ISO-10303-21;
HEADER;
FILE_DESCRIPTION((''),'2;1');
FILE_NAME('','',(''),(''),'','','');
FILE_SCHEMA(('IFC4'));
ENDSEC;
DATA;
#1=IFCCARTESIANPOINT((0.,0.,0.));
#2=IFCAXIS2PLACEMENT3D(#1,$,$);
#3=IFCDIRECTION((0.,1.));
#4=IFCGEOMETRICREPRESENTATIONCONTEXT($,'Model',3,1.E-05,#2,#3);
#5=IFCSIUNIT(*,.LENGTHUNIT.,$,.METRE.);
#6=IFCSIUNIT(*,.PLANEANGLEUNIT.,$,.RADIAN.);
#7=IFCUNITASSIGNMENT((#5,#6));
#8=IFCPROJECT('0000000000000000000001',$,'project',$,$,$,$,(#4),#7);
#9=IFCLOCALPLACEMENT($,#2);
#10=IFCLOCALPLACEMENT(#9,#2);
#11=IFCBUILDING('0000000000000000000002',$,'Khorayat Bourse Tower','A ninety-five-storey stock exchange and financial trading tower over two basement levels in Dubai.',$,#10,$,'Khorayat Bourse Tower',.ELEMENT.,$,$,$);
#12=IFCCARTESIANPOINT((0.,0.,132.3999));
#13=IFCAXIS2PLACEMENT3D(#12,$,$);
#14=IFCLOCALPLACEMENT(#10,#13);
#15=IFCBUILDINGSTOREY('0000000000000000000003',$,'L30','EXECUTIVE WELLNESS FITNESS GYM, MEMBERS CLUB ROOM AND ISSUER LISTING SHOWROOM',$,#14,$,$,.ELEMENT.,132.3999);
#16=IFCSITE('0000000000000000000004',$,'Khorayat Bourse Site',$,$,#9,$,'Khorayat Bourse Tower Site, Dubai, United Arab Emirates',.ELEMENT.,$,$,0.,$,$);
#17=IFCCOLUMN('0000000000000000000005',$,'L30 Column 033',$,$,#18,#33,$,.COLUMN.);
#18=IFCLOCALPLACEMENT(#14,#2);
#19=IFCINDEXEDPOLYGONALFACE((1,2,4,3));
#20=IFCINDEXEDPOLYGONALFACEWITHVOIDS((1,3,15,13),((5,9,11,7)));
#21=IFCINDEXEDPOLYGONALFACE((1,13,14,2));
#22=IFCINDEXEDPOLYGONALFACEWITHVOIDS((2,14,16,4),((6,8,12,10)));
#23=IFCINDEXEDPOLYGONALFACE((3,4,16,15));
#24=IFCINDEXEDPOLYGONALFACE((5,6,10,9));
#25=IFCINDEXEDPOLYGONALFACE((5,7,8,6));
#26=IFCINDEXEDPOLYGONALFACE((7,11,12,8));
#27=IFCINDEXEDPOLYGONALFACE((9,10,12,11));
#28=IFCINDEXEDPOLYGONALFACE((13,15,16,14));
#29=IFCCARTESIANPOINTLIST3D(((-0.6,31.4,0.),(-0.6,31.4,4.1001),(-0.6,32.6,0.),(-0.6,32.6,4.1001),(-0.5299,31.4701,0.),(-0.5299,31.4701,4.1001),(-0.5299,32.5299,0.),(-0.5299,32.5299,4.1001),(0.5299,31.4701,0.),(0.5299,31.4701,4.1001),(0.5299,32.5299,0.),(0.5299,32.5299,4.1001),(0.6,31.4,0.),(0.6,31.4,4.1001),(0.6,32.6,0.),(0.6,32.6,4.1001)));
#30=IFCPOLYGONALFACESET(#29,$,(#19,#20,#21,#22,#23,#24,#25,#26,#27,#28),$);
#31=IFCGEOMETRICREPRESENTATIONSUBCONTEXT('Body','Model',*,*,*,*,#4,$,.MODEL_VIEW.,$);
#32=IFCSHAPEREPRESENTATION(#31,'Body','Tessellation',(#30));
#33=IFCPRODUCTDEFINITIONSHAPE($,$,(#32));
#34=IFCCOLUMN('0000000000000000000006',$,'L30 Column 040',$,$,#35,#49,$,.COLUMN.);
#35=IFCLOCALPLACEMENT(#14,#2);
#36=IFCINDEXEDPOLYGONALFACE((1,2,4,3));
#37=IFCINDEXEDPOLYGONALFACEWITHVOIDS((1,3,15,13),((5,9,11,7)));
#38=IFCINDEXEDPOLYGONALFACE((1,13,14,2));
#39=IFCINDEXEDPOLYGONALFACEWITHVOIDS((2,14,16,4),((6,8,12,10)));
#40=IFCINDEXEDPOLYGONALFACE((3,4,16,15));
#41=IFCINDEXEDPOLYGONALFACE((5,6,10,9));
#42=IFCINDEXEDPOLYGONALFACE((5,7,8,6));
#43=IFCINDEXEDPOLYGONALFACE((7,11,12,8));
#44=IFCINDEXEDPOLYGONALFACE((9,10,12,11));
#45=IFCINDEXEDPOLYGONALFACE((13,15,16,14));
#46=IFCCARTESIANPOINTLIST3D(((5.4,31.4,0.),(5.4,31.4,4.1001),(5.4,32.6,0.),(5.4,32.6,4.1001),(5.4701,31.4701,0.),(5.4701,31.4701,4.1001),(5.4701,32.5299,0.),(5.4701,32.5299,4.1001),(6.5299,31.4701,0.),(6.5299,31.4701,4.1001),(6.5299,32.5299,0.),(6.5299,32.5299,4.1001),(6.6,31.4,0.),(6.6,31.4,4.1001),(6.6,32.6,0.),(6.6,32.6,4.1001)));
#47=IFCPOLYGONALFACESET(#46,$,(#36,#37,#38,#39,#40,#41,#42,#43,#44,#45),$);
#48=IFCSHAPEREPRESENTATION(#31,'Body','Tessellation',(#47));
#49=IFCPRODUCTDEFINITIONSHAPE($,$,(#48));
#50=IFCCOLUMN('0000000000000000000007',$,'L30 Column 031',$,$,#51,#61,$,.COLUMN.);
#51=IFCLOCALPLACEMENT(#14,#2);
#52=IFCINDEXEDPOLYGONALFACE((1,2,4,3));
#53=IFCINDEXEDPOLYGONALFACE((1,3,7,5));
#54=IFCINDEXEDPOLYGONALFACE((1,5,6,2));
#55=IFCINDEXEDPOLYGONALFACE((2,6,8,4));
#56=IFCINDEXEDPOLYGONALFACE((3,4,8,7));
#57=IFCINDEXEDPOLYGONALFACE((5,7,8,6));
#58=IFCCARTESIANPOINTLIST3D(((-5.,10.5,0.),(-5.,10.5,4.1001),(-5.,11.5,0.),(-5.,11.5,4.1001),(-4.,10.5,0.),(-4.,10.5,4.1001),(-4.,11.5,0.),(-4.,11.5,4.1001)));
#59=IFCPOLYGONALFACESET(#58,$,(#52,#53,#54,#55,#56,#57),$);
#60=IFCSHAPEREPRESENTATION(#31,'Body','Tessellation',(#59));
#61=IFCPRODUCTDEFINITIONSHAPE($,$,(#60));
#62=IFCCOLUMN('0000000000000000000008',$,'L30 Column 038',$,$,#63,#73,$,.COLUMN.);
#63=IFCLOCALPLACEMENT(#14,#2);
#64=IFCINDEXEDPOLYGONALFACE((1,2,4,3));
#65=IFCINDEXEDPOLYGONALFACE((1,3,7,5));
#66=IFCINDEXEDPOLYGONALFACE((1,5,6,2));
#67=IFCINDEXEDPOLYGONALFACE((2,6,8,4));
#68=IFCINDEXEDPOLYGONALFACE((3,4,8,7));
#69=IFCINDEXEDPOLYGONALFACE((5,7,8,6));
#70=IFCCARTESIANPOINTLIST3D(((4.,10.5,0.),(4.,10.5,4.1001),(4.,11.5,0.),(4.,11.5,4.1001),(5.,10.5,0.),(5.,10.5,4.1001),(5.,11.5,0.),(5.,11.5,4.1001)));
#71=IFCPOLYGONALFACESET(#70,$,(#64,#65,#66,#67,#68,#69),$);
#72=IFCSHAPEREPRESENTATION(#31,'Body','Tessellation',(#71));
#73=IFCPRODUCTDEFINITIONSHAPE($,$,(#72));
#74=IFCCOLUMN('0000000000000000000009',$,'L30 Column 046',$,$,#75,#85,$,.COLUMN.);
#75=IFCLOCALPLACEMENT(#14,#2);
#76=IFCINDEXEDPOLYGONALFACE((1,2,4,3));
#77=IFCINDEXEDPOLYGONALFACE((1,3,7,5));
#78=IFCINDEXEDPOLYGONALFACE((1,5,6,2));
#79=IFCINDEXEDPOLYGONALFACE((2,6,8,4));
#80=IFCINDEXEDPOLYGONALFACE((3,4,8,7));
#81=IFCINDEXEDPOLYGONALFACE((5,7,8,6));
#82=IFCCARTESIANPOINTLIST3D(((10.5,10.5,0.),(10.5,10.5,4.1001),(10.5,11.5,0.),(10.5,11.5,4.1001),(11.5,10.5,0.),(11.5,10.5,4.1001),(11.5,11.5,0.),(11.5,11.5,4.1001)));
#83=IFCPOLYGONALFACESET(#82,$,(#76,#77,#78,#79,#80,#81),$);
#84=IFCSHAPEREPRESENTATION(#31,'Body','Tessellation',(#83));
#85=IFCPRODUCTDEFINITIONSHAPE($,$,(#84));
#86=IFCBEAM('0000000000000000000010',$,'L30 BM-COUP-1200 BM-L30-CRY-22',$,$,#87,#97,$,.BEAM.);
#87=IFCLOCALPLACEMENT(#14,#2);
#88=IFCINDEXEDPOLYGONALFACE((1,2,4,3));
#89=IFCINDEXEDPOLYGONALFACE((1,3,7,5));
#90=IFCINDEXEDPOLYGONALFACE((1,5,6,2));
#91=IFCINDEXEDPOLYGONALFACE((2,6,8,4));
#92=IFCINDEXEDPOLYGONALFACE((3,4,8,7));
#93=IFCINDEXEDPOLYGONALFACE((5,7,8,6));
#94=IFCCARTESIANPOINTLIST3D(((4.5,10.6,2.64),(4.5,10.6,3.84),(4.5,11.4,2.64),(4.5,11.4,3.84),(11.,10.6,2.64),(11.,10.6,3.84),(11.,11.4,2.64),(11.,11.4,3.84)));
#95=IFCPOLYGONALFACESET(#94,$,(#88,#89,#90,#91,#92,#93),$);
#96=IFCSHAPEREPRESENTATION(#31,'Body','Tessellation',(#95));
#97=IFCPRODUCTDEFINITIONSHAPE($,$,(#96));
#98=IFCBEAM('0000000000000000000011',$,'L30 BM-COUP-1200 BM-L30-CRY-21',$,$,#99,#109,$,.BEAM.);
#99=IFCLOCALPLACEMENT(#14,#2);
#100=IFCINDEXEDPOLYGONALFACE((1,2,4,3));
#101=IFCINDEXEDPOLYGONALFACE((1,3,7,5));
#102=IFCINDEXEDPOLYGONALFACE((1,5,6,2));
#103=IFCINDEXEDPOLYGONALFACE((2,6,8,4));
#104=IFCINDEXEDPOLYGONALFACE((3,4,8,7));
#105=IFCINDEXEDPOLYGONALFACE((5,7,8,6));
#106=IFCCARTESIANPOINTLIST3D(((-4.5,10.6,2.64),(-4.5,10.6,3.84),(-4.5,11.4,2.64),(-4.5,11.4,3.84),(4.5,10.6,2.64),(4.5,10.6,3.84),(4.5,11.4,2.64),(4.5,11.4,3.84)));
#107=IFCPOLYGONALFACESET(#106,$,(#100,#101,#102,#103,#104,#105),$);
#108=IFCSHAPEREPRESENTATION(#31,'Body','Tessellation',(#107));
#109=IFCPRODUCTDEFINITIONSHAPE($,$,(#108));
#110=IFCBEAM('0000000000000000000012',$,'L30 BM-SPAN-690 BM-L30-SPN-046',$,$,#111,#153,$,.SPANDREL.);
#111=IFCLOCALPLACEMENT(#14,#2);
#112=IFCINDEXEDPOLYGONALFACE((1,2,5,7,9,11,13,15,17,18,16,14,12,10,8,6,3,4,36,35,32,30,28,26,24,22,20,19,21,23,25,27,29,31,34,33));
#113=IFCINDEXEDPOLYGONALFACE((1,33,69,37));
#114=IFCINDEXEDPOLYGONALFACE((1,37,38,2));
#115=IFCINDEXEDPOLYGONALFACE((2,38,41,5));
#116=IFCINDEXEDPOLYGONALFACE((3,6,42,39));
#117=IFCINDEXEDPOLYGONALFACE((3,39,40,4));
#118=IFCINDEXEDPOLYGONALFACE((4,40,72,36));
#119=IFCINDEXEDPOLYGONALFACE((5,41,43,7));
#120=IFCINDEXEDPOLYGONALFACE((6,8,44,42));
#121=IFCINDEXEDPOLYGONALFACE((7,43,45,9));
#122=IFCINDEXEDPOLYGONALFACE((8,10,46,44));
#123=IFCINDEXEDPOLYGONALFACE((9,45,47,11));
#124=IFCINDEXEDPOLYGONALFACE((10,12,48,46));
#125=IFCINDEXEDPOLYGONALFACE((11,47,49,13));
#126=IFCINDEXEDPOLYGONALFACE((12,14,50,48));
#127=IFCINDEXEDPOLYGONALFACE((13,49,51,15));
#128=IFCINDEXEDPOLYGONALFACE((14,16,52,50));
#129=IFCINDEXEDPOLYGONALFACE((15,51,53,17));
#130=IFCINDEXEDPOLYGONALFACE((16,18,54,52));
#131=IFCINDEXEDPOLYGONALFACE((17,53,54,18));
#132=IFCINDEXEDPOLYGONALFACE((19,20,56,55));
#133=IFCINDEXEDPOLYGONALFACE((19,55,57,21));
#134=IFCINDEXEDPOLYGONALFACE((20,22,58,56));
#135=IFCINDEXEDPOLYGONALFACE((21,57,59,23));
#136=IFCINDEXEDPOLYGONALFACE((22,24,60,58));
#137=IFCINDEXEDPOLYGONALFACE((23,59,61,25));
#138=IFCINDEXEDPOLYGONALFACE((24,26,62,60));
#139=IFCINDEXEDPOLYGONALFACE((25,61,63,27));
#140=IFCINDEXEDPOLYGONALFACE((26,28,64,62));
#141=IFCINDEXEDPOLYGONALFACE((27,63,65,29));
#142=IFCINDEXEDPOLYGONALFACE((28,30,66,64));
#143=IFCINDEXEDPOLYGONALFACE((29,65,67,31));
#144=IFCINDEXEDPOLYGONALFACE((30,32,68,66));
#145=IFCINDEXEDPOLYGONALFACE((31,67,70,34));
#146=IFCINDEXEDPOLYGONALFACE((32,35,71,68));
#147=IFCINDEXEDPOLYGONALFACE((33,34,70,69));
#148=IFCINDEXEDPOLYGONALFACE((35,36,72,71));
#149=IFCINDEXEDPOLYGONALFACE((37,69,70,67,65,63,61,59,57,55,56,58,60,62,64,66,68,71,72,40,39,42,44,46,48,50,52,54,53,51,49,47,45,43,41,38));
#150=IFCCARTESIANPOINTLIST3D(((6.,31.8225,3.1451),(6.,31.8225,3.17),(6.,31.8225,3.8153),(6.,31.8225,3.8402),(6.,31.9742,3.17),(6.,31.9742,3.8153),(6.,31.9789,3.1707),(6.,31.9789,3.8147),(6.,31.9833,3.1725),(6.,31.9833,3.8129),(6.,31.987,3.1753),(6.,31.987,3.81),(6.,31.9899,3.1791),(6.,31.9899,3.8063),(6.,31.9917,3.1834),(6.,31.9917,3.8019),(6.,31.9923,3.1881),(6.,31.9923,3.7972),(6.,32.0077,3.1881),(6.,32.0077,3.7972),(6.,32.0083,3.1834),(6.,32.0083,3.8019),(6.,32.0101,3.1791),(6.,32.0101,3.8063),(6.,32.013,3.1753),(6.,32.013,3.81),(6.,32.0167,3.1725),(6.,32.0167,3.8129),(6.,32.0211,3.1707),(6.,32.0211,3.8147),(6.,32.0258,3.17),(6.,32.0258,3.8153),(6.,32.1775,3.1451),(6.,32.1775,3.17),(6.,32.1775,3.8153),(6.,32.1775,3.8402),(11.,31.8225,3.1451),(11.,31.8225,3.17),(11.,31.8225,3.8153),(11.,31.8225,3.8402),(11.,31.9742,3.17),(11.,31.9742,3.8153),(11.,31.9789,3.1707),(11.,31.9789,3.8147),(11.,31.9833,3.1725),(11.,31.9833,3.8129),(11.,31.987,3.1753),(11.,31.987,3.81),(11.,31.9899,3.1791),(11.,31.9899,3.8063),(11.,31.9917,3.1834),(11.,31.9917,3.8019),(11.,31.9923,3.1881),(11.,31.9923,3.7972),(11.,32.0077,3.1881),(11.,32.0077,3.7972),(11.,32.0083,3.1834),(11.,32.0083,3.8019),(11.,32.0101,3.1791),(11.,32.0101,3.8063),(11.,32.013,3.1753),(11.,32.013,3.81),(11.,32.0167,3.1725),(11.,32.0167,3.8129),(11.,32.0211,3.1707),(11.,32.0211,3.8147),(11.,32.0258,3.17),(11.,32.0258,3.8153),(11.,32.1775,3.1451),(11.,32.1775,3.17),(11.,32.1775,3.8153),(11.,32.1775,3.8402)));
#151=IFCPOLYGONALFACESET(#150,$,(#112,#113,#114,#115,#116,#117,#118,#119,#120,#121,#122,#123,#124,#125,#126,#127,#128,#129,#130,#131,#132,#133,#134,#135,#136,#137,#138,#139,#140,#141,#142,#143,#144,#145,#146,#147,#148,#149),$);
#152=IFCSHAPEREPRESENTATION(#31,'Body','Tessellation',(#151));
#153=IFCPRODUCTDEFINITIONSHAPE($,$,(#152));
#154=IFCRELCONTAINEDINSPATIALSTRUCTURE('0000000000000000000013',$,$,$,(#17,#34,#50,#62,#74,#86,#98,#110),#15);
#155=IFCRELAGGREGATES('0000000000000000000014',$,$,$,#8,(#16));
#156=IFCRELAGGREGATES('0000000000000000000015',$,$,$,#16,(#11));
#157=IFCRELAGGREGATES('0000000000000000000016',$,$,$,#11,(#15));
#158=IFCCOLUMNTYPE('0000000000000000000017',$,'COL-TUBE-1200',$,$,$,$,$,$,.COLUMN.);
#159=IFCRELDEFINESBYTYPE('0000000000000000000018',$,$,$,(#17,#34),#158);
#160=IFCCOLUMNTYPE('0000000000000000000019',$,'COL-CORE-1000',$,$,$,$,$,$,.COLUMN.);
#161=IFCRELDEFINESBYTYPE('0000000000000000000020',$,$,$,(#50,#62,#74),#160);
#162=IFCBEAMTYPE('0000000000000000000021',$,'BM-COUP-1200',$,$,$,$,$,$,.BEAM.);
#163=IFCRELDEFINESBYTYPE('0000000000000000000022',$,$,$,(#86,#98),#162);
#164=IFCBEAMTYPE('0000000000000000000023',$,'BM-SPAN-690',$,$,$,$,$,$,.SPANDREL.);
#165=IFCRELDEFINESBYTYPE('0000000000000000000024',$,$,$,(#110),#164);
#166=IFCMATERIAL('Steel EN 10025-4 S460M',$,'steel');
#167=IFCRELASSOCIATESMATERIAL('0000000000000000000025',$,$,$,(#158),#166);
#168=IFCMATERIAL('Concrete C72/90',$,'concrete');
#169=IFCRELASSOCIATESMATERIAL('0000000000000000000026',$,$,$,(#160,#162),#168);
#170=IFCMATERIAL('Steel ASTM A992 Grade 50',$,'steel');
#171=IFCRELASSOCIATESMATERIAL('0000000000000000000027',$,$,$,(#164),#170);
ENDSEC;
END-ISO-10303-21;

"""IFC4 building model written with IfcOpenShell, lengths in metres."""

from ifc_helpers import new_model, si_unit, direction, frame, origin, origin_2d, place, context, subcontext, project, spatial, rectangle, hollow_rectangle, i_section, extrude, source, transform, mapped, material, material_profile, profile_set, type_object, element, save


model = new_model("IFC4")

# Units and contexts
model_context = context("Model", 3, precision=1e-05, world=origin(), true_north=direction((0.0, 1.0)))
body_context = subcontext(model_context, "Body", "Model", "MODEL_VIEW")
ifc_project = project(units=[si_unit("LENGTHUNIT", "METRE"), si_unit("PLANEANGLEUNIT", "RADIAN")], contexts=[model_context])

# Site, building, storey
site_placement = place(None, origin())
site = spatial("IfcSite", under=ifc_project, at=site_placement, Name="Khorayat Bourse Site", LongName="Khorayat Bourse Tower Site, Dubai, United Arab Emirates", CompositionType="ELEMENT", RefElevation=0.0)
building_placement = place(site_placement, origin())
building = spatial("IfcBuilding", under=site, at=building_placement, Name="Khorayat Bourse Tower", Description="A ninety-five-storey stock exchange and financial trading tower over two basement levels in Dubai.", LongName="Khorayat Bourse Tower", CompositionType="ELEMENT")
storey_placement = place(building_placement, frame((0.0, 0.0, 132.3999)))
storey = spatial("IfcBuildingStorey", under=building, at=storey_placement, Name="L30", Description="EXECUTIVE WELLNESS FITNESS GYM, MEMBERS CLUB ROOM AND ISSUER LISTING SHOWROOM", CompositionType="ELEMENT", Elevation=132.3999)

# Columns
ifc_material_1 = material(Name="Steel EN 10025-4 S460M", Category="steel")
ifc_material_profile_1 = material_profile(ifc_material_1, hollow_rectangle(XDim=1.2, YDim=1.2, WallThickness=0.0701, at=origin_2d()), Name="BOX 1200x1200x70")
ifc_profile_set_1 = profile_set([ifc_material_profile_1], Name="Steel EN 10025-4 S460M")
column_type_1 = type_object("IfcColumnType", Name="COL-TUBE-1200", PredefinedType="COLUMN", material=ifc_profile_set_1)
shared_shape_1 = source(origin(), body_context, "Body", "SweptSolid", [
    extrude(hollow_rectangle(XDim=1.2, YDim=1.2, WallThickness=0.0701, at=origin_2d()), origin(), (0.0, 0.0, 1.0), 4.1001),
])
for number, where, z_axis, x_axis, name in (
    (1, (0.0, 32.0, 0.0), (0.0, 0.0, 1.0), (1.0, 0.0, 0.0), "L30 Column 033"),
    (2, (6.0, 32.0, 0.0), (0.0, 0.0, 1.0), (1.0, 0.0, 0.0), "L30 Column 040"),
):
    element("IfcColumn", number, at=place(storey_placement, frame(where, z_axis=z_axis, x_axis=x_axis)), inside=storey, type_object=column_type_1, Name=name, PredefinedType="COLUMN", context=body_context, shape_type="MappedRepresentation", body=[
        mapped(shared_shape_1, transform((0.0, 0.0, 0.0), scale=1.0)),
    ])
ifc_material_2 = material(Name="Concrete C72/90", Category="concrete")
ifc_material_profile_2 = material_profile(ifc_material_2, rectangle(XDim=1.0, YDim=1.0, at=origin_2d()), Name="RC 1000x1000")
ifc_profile_set_2 = profile_set([ifc_material_profile_2], Name="Concrete C72/90")
column_type_2 = type_object("IfcColumnType", Name="COL-CORE-1000", PredefinedType="COLUMN", material=ifc_profile_set_2)
shared_shape_2 = source(origin(), body_context, "Body", "SweptSolid", [
    extrude(rectangle(XDim=1.0, YDim=1.0, at=origin_2d()), origin(), (0.0, 0.0, 1.0), 4.1001),
])
for number, where, z_axis, x_axis, name in (
    (3, (-4.5, 11.0, 0.0), (0.0, 0.0, 1.0), (1.0, 0.0, 0.0), "L30 Column 031"),
    (4, (4.5, 11.0, 0.0), (0.0, 0.0, 1.0), (1.0, 0.0, 0.0), "L30 Column 038"),
    (5, (11.0, 11.0, 0.0), (0.0, 0.0, 1.0), (1.0, 0.0, 0.0), "L30 Column 046"),
):
    element("IfcColumn", number, at=place(storey_placement, frame(where, z_axis=z_axis, x_axis=x_axis)), inside=storey, type_object=column_type_2, Name=name, PredefinedType="COLUMN", context=body_context, shape_type="MappedRepresentation", body=[
        mapped(shared_shape_2, transform((0.0, 0.0, 0.0), scale=1.0)),
    ])

# Beams
ifc_material_profile_3 = material_profile(ifc_material_2, rectangle(XDim=0.8, YDim=1.2, at=origin_2d()), Name="RC 800x1200")
ifc_profile_set_3 = profile_set([ifc_material_profile_3], Name="Concrete C72/90")
beam_type_1 = type_object("IfcBeamType", Name="BM-COUP-1200", PredefinedType="BEAM", material=ifc_profile_set_3)
shared_shape_3 = source(origin(), body_context, "Body", "SweptSolid", [
    extrude(rectangle(XDim=0.8, YDim=1.2, at=origin_2d()), origin(), (0.0, 0.0, 1.0), 6.5),
])
beam_1_placement = place(storey_placement, frame((4.5, 11.0, 3.24), z_axis=(1.0, 0.0, 0.0), x_axis=(0.0, 1.0, 0.0)))
element("IfcBeam", 6, at=beam_1_placement, inside=storey, type_object=beam_type_1, Name="L30 BM-COUP-1200 BM-L30-CRY-22", PredefinedType="BEAM", context=body_context, shape_type="MappedRepresentation", body=[
    mapped(shared_shape_3, transform((0.0, 0.0, 0.0), scale=1.0)),
])
shared_shape_4 = source(origin(), body_context, "Body", "SweptSolid", [
    extrude(rectangle(XDim=0.8, YDim=1.2, at=origin_2d()), origin(), (0.0, 0.0, 1.0), 9.0),
])
beam_2_placement = place(storey_placement, frame((-4.5, 11.0, 3.24), z_axis=(1.0, 0.0, 0.0), x_axis=(0.0, 1.0, 0.0)))
element("IfcBeam", 7, at=beam_2_placement, inside=storey, type_object=beam_type_1, Name="L30 BM-COUP-1200 BM-L30-CRY-21", PredefinedType="BEAM", context=body_context, shape_type="MappedRepresentation", body=[
    mapped(shared_shape_4, transform((0.0, 0.0, 0.0), scale=1.0)),
])
ifc_material_3 = material(Name="Steel ASTM A992 Grade 50", Category="steel")
ifc_material_profile_4 = material_profile(ifc_material_3, i_section(OverallWidth=0.355, OverallDepth=0.6951, WebThickness=0.0154, FlangeThickness=0.0249, FilletRadius=0.0181, at=origin_2d()), Name="W690X217")
ifc_profile_set_4 = profile_set([ifc_material_profile_4], Name="Steel ASTM A992 Grade 50")
beam_type_2 = type_object("IfcBeamType", Name="BM-SPAN-690", PredefinedType="SPANDREL", material=ifc_profile_set_4)
shared_shape_5 = source(origin(), body_context, "Body", "SweptSolid", [
    extrude(i_section(OverallWidth=0.355, OverallDepth=0.6951, WebThickness=0.0154, FlangeThickness=0.0249, FilletRadius=0.0181, at=origin_2d()), origin(), (0.0, 0.0, 1.0), 5.0),
])
beam_3_placement = place(storey_placement, frame((6.0, 32.0, 3.4927), z_axis=(1.0, 0.0, 0.0), x_axis=(0.0, 1.0, 0.0)))
element("IfcBeam", 8, at=beam_3_placement, inside=storey, type_object=beam_type_2, Name="L30 BM-SPAN-690 BM-L30-SPN-046", PredefinedType="SPANDREL", context=body_context, shape_type="MappedRepresentation", body=[
    mapped(shared_shape_5, transform((0.0, 0.0, 0.0), scale=1.0)),
])

save(model, "model.ifc")
